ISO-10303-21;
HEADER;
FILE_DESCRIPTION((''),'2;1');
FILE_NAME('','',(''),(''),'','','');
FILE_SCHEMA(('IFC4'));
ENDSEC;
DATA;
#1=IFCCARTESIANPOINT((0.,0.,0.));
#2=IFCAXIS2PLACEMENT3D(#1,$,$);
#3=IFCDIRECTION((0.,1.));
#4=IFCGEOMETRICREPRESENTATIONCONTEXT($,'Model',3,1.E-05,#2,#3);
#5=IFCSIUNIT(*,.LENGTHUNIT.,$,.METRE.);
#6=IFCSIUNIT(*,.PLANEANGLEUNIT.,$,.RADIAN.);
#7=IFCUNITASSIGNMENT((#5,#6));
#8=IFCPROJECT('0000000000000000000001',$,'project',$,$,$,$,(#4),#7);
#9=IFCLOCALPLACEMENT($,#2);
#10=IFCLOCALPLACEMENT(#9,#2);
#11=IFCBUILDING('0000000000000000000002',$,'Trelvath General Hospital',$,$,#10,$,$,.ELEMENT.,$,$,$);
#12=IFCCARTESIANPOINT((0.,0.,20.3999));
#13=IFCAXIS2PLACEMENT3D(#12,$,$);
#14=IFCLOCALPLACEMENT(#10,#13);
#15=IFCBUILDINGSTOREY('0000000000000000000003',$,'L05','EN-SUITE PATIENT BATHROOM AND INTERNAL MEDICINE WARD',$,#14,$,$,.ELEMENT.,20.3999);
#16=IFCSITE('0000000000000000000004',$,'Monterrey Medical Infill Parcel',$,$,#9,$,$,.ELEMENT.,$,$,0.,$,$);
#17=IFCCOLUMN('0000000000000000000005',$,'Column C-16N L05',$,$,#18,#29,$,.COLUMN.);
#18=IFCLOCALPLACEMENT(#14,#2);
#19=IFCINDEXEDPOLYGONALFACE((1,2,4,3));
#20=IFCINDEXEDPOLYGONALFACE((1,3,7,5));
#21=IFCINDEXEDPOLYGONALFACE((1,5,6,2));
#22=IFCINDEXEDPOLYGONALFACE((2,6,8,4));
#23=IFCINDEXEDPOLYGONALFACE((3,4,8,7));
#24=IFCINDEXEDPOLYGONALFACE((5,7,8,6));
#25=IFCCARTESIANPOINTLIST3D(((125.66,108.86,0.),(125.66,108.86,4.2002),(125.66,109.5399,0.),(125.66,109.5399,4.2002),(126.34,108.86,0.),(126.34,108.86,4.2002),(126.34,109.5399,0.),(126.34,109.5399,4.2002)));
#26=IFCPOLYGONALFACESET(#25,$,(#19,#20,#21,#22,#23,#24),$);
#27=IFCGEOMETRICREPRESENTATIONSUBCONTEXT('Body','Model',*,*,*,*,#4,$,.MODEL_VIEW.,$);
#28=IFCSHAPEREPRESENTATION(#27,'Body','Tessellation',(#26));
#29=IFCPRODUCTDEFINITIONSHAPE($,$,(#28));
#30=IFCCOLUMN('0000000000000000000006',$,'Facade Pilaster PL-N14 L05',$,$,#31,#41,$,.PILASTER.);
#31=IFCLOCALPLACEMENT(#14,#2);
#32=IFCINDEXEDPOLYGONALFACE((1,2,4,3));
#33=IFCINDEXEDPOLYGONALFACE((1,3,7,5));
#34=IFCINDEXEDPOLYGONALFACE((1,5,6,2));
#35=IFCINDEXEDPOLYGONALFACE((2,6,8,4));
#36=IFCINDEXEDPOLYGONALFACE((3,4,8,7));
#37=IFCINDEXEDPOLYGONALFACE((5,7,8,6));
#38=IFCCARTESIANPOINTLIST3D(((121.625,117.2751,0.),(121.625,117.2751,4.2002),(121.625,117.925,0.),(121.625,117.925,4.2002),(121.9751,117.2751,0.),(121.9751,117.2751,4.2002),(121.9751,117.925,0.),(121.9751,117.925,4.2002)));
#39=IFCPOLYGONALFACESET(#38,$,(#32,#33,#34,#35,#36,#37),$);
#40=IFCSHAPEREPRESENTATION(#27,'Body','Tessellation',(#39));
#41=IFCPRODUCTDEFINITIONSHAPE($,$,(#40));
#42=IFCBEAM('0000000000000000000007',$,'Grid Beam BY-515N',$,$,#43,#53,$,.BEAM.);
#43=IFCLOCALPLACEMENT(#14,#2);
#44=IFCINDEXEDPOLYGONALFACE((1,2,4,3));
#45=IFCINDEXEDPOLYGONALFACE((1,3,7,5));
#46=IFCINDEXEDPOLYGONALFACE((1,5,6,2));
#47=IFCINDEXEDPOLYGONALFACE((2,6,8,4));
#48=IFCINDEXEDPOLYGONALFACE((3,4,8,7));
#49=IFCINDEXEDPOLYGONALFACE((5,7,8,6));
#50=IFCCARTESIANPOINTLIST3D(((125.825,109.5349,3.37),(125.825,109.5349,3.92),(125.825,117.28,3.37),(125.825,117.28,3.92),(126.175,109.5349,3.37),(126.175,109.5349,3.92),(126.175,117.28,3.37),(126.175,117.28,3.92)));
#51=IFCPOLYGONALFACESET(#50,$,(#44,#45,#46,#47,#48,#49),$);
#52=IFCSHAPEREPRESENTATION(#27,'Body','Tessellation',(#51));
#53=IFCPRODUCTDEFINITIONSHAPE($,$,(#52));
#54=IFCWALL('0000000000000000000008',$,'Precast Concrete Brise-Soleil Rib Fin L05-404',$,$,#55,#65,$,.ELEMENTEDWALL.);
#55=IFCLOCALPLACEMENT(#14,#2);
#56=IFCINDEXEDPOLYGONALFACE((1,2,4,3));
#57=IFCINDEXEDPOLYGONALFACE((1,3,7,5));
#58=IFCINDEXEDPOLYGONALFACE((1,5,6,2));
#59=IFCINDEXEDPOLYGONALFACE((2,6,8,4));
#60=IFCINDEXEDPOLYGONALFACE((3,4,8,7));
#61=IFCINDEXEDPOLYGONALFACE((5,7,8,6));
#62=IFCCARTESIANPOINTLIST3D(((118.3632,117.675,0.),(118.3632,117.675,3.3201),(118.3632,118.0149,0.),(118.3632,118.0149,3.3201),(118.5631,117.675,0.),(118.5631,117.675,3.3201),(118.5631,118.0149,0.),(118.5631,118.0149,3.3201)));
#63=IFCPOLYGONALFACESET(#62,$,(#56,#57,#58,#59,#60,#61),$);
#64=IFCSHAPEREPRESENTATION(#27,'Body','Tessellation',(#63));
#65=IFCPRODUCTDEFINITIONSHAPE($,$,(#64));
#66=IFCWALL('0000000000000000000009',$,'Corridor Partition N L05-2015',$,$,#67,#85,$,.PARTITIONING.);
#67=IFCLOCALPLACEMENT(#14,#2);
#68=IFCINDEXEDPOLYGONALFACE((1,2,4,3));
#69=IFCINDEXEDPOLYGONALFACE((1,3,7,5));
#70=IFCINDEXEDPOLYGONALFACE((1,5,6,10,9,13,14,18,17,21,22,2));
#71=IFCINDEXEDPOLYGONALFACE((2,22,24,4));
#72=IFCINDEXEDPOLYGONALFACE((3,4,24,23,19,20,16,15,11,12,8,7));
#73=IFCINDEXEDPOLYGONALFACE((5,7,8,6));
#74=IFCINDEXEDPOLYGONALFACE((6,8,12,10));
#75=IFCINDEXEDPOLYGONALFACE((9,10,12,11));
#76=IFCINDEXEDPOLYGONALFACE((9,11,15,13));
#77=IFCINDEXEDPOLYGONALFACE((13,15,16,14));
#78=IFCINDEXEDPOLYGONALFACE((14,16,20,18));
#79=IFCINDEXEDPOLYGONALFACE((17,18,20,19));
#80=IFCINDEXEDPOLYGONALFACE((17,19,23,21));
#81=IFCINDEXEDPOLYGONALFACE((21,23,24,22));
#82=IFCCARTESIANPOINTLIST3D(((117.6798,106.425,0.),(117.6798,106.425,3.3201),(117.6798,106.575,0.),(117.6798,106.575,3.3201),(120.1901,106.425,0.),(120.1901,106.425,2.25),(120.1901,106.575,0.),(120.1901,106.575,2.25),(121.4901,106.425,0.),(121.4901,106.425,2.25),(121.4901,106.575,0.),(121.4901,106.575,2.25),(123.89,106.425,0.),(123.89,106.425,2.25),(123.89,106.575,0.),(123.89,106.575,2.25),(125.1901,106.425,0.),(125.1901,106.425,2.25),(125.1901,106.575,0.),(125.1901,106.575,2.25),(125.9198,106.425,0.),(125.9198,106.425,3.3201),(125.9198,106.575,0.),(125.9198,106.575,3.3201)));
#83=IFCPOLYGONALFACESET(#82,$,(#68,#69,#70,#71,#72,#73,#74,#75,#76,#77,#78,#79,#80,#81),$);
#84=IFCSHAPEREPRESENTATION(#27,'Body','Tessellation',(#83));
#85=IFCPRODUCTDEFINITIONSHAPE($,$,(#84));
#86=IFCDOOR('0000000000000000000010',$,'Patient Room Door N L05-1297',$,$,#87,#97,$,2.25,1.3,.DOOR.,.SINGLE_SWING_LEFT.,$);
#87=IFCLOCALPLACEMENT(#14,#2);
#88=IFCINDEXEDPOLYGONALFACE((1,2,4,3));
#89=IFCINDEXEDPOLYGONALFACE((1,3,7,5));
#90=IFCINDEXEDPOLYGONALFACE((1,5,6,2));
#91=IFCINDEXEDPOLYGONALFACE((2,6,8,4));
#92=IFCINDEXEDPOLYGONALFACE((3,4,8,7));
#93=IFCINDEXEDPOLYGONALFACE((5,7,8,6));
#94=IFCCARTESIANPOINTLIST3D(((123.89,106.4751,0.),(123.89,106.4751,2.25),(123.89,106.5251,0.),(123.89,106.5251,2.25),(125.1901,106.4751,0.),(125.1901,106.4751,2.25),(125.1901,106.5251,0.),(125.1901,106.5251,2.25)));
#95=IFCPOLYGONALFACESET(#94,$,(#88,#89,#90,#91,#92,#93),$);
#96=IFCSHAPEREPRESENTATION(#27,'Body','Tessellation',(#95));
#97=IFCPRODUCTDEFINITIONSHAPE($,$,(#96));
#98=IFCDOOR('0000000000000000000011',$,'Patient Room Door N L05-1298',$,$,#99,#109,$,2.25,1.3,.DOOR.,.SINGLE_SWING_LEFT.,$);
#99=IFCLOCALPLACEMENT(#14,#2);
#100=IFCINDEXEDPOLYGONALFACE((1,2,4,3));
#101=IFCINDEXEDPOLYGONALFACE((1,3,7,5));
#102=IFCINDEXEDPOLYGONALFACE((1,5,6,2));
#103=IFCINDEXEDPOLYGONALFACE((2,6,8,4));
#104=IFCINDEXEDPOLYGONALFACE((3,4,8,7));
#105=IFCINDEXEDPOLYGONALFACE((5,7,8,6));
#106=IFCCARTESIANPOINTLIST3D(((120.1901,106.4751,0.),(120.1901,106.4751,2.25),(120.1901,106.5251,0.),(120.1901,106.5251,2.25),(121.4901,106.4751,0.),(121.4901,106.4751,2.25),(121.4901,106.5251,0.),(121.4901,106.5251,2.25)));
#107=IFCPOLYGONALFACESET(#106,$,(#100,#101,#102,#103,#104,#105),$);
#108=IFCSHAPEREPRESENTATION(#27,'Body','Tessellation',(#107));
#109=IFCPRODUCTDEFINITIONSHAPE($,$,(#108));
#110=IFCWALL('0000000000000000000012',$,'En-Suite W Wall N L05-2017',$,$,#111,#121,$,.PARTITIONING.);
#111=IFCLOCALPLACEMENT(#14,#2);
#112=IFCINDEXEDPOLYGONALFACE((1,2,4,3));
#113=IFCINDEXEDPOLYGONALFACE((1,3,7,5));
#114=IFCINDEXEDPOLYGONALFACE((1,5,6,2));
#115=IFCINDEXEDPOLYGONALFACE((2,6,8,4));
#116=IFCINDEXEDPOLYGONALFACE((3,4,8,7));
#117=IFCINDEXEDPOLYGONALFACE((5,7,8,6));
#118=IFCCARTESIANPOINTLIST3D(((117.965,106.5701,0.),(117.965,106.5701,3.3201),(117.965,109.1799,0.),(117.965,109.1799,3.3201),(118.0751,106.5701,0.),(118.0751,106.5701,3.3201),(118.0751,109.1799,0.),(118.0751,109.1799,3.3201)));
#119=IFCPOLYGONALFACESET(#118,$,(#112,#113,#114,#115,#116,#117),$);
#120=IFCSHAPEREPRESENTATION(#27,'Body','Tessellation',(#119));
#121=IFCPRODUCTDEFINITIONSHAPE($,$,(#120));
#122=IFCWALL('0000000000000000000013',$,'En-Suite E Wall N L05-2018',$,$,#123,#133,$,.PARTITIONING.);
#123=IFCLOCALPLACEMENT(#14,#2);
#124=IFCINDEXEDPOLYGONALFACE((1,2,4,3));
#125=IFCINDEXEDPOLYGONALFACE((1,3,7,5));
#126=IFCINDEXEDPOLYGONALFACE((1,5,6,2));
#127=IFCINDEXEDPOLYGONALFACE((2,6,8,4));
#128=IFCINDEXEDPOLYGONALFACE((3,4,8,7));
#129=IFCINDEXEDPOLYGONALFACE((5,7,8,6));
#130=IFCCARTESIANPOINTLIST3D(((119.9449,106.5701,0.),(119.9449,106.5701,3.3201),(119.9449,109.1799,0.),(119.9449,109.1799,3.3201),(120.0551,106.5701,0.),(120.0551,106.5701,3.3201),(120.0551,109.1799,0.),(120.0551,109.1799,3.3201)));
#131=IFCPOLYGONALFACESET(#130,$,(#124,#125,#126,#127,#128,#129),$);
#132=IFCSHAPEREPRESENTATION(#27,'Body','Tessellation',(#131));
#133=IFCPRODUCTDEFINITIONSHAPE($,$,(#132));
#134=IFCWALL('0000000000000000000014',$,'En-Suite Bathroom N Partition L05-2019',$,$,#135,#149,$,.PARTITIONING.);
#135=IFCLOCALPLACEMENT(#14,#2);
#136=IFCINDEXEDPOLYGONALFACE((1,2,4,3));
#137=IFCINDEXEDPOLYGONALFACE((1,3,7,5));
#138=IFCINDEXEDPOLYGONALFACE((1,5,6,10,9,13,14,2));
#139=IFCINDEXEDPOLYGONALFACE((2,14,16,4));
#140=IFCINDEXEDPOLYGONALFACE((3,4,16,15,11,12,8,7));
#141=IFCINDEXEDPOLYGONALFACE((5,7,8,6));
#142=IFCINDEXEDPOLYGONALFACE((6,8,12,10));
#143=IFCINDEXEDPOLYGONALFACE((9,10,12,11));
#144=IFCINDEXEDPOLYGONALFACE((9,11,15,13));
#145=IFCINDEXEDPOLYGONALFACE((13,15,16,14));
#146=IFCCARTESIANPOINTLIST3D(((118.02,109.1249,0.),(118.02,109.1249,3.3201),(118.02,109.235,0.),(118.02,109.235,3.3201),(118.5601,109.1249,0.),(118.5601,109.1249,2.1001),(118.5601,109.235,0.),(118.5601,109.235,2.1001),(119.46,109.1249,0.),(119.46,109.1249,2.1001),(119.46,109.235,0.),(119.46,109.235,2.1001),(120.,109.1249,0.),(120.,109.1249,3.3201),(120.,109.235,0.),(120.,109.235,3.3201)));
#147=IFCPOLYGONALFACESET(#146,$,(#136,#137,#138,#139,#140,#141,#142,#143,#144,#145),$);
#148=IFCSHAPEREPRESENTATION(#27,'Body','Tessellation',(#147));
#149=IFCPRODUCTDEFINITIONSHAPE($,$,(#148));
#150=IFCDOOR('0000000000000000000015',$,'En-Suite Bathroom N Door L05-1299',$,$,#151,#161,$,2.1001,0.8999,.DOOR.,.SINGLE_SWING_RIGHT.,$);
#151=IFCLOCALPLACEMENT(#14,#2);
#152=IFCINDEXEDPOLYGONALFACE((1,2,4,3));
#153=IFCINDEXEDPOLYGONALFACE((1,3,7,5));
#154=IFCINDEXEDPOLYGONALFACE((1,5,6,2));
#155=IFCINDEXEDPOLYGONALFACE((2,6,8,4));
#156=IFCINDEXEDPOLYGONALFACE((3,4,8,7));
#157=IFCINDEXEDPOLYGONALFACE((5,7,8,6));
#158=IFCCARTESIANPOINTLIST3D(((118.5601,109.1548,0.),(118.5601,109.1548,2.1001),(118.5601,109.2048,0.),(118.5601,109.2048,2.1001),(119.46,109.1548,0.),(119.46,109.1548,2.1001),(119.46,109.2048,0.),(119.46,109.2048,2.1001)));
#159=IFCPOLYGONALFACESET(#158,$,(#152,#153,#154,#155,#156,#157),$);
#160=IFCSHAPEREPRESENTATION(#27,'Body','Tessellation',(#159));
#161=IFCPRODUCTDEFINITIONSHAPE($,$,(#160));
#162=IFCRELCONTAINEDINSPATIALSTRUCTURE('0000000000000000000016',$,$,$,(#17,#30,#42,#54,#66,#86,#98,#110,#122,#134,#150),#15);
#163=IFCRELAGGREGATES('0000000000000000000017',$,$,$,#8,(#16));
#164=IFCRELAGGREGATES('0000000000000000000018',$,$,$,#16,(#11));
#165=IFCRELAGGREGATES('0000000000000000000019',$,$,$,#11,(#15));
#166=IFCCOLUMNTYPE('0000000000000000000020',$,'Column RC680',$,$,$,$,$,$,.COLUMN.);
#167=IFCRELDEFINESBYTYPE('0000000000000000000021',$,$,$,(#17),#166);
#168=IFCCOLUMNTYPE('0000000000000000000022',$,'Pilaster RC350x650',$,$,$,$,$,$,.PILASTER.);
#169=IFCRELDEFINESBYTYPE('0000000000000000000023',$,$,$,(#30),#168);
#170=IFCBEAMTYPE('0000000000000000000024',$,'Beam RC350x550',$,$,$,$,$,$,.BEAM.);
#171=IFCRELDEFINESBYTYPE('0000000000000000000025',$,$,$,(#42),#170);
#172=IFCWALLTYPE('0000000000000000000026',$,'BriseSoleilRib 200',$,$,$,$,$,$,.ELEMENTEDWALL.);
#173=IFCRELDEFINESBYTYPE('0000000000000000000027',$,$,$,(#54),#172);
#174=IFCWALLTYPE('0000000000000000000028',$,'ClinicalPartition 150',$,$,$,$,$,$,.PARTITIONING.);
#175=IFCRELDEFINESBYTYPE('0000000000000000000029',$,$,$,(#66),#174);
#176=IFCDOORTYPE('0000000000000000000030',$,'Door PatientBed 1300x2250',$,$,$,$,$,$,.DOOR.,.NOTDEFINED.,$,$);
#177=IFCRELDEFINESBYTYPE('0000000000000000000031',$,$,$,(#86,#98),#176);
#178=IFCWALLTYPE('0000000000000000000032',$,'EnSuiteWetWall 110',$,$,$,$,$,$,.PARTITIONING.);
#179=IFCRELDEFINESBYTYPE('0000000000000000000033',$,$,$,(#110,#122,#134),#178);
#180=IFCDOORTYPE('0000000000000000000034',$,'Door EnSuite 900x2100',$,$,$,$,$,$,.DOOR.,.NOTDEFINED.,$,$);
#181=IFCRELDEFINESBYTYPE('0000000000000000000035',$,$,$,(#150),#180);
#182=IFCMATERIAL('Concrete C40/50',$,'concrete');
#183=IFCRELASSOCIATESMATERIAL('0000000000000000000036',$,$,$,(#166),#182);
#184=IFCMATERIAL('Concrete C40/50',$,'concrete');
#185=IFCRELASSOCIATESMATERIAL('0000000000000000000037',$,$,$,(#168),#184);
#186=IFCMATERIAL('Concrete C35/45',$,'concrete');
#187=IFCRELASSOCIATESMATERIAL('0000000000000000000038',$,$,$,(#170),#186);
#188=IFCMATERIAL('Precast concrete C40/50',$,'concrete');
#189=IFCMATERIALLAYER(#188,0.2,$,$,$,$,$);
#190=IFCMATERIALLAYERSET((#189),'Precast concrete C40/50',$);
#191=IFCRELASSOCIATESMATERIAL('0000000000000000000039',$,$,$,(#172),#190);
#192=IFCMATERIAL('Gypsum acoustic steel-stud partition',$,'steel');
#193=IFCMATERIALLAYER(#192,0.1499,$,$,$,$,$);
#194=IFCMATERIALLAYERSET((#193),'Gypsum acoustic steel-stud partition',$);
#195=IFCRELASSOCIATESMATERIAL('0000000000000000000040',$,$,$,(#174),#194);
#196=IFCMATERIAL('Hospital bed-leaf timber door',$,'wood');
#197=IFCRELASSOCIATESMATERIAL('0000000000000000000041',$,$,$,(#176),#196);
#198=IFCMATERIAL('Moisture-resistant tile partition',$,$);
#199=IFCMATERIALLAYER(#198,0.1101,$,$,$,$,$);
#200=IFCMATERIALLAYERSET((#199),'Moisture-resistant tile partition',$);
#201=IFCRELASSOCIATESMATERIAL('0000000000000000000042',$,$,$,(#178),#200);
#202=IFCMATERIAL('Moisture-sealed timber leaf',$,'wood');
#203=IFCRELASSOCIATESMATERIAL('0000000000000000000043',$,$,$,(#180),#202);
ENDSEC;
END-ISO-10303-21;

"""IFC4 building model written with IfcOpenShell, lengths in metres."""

from ifc_helpers import new_model, si_unit, direction, frame, frame_2d, origin, origin_2d, place, context, subcontext, project, spatial, rectangle, extrude, material, layer, layer_set, material_profile, profile_set, type_object, element, fill, save


model = new_model("IFC4")

# Units and contexts
model_context = context("Model", 3, precision=1e-05, world=origin(), true_north=direction((0.0, 1.0)))
body_context = subcontext(model_context, "Body", "Model", "MODEL_VIEW")
ifc_project = project(units=[si_unit("LENGTHUNIT", "METRE"), si_unit("PLANEANGLEUNIT", "RADIAN")], contexts=[model_context])

# Site, building, storey
site_placement = place(None, origin())
site = spatial("IfcSite", under=ifc_project, at=site_placement, Name="Monterrey Medical Infill Parcel", CompositionType="ELEMENT", RefElevation=0.0)
building_placement = place(site_placement, origin())
building = spatial("IfcBuilding", under=site, at=building_placement, Name="Trelvath General Hospital", CompositionType="ELEMENT")
storey_placement = place(building_placement, frame((0.0, 0.0, 20.3999)))
storey = spatial("IfcBuildingStorey", under=building, at=storey_placement, Name="L05", Description="EN-SUITE PATIENT BATHROOM AND INTERNAL MEDICINE WARD", CompositionType="ELEMENT", Elevation=20.3999)

# Columns
ifc_material_1 = material(Name="Concrete C40/50", Category="concrete")
ifc_material_profile_1 = material_profile(ifc_material_1, rectangle(XDim=0.6799, YDim=0.6799, at=origin_2d()), Name="RC680x680")
ifc_profile_set_1 = profile_set([ifc_material_profile_1], Name="Concrete C40/50")
column_type_1 = type_object("IfcColumnType", Name="Column RC680", PredefinedType="COLUMN", material=ifc_profile_set_1)
column_1_placement = place(storey_placement, frame((126.0, 109.2, 0.0), z_axis=(0.0, 0.0, 1.0), x_axis=(1.0, 0.0, 0.0)))
element("IfcColumn", 1, at=column_1_placement, inside=storey, type_object=column_type_1, Name="Column C-16N L05", PredefinedType="COLUMN", context=body_context, shape_type="SweptSolid", body=[
    extrude(rectangle(XDim=0.6799, YDim=0.6799, at=origin_2d()), origin(), (0.0, 0.0, 1.0), 4.2002),
])
ifc_material_2 = material(Name="Concrete C40/50", Category="concrete")
ifc_material_profile_2 = material_profile(ifc_material_2, rectangle(XDim=0.3501, YDim=0.6499, at=origin_2d()), Name="RC350x650")
ifc_profile_set_2 = profile_set([ifc_material_profile_2], Name="Concrete C40/50")
column_type_2 = type_object("IfcColumnType", Name="Pilaster RC350x650", PredefinedType="PILASTER", material=ifc_profile_set_2)
column_2_placement = place(storey_placement, frame((121.8, 117.6001, 0.0), z_axis=(0.0, 0.0, 1.0), x_axis=(1.0, 0.0, 0.0)))
element("IfcColumn", 2, at=column_2_placement, inside=storey, type_object=column_type_2, Name="Facade Pilaster PL-N14 L05", PredefinedType="PILASTER", context=body_context, shape_type="SweptSolid", body=[
    extrude(rectangle(XDim=0.3501, YDim=0.6499, at=origin_2d()), origin(), (0.0, 0.0, 1.0), 4.2002),
])

# Beam
ifc_material_3 = material(Name="Concrete C35/45", Category="concrete")
ifc_material_profile_3 = material_profile(ifc_material_3, rectangle(XDim=0.3501, YDim=0.55, at=origin_2d()), Name="RCB350x550")
ifc_profile_set_3 = profile_set([ifc_material_profile_3], Name="Concrete C35/45")
beam_type = type_object("IfcBeamType", Name="Beam RC350x550", PredefinedType="BEAM", material=ifc_profile_set_3)
beam_placement = place(storey_placement, frame((126.0, 109.5349, 3.645), z_axis=(0.0, 1.0, 0.0), x_axis=(-1.0, 0.0, 0.0)))
element("IfcBeam", 3, at=beam_placement, inside=storey, type_object=beam_type, Name="Grid Beam BY-515N", PredefinedType="BEAM", context=body_context, shape_type="SweptSolid", body=[
    extrude(rectangle(XDim=0.3501, YDim=0.55, at=origin_2d()), origin(), (0.0, 0.0, 1.0), 7.7451),
])

# Wall
ifc_material_4 = material(Name="Precast concrete C40/50", Category="concrete")
ifc_layer_1 = layer(ifc_material_4, 0.2)
ifc_layer_set_1 = layer_set([ifc_layer_1], Name="Precast concrete C40/50")
wall_type_1 = type_object("IfcWallType", Name="BriseSoleilRib 200", PredefinedType="ELEMENTEDWALL", material=ifc_layer_set_1)
wall_1_placement = place(storey_placement, frame((118.4631, 117.675, 0.0), z_axis=(0.0, 0.0, 1.0), x_axis=(0.0, 1.0, 0.0)))
element("IfcWall", 4, at=wall_1_placement, inside=storey, type_object=wall_type_1, Name="Precast Concrete Brise-Soleil Rib Fin L05-404", PredefinedType="ELEMENTEDWALL", context=body_context, shape_type="SweptSolid", body=[
    extrude(rectangle(XDim=0.3398, YDim=0.2, at=frame_2d((0.1699, 0.0))), origin(), (0.0, 0.0, 1.0), 3.3201),
])

# Wall, openings, doors
ifc_material_5 = material(Name="Gypsum acoustic steel-stud partition", Category="steel")
ifc_layer_2 = layer(ifc_material_5, 0.1499)
ifc_layer_set_2 = layer_set([ifc_layer_2], Name="Gypsum acoustic steel-stud partition")
wall_type_2 = type_object("IfcWallType", Name="ClinicalPartition 150", PredefinedType="PARTITIONING", material=ifc_layer_set_2)
wall_2_placement = place(storey_placement, frame((125.9199, 106.5, 0.0), z_axis=(0.0, 0.0, 1.0), x_axis=(-1.0, 0.0, 0.0)))
wall_2 = element("IfcWall", 5, at=wall_2_placement, inside=storey, type_object=wall_type_2, Name="Corridor Partition N L05-2015", PredefinedType="PARTITIONING", context=body_context, shape_type="SweptSolid", body=[
    extrude(rectangle(XDim=8.24, YDim=0.1499, at=frame_2d((4.1201, 0.0))), origin(), (0.0, 0.0, 1.0), 3.3201),
])
opening_1_placement = place(wall_2_placement, frame((0.73, 0.0, 0.0)))
opening_1 = element("IfcOpeningElement", 6, at=opening_1_placement, cuts=wall_2, PredefinedType="OPENING", context=body_context, shape_type="SweptSolid", body=[
    extrude(rectangle(XDim=1.3, YDim=2.25, at=frame_2d((0.6499, 1.125))), frame((0.0, 0.085, 0.0), z_axis=(0.0, -1.0, 0.0), x_axis=(1.0, 0.0, 0.0)), (0.0, 0.0, 1.0), 0.1699),
])
opening_2_placement = place(wall_2_placement, frame((4.4299, 0.0, 0.0)))
opening_2 = element("IfcOpeningElement", 7, at=opening_2_placement, cuts=wall_2, PredefinedType="OPENING", context=body_context, shape_type="SweptSolid", body=[
    extrude(rectangle(XDim=1.3, YDim=2.25, at=frame_2d((0.6499, 1.125))), frame((0.0, 0.085, 0.0), z_axis=(0.0, -1.0, 0.0), x_axis=(1.0, 0.0, 0.0)), (0.0, 0.0, 1.0), 0.1699),
])
ifc_material_6 = material(Name="Hospital bed-leaf timber door", Category="wood")
door_type_1 = type_object("IfcDoorType", Name="Door PatientBed 1300x2250", OperationType="NOTDEFINED", PredefinedType="DOOR", material=ifc_material_6)
door_1_placement = place(opening_1_placement, origin())
door_1 = element("IfcDoor", 8, at=door_1_placement, inside=storey, type_object=door_type_1, Name="Patient Room Door N L05-1297", OperationType="SINGLE_SWING_LEFT", OverallHeight=2.25, OverallWidth=1.3, PredefinedType="DOOR", context=body_context, shape_type="SweptSolid", body=[
    extrude(rectangle(XDim=1.3, YDim=2.25, at=frame_2d((0.6499, 1.125))), frame((0.0, 0.0249, 0.0), z_axis=(0.0, -1.0, 0.0), x_axis=(1.0, 0.0, 0.0)), (0.0, 0.0, 1.0), 0.05),
])
fill(opening_1, door_1)
door_2_placement = place(opening_2_placement, origin())
door_2 = element("IfcDoor", 9, at=door_2_placement, inside=storey, type_object=door_type_1, Name="Patient Room Door N L05-1298", OperationType="SINGLE_SWING_LEFT", OverallHeight=2.25, OverallWidth=1.3, PredefinedType="DOOR", context=body_context, shape_type="SweptSolid", body=[
    extrude(rectangle(XDim=1.3, YDim=2.25, at=frame_2d((0.6499, 1.125))), frame((0.0, 0.0249, 0.0), z_axis=(0.0, -1.0, 0.0), x_axis=(1.0, 0.0, 0.0)), (0.0, 0.0, 1.0), 0.05),
])
fill(opening_2, door_2)

# Walls
ifc_material_7 = material(Name="Moisture-resistant tile partition")
ifc_layer_3 = layer(ifc_material_7, 0.1101)
ifc_layer_set_3 = layer_set([ifc_layer_3], Name="Moisture-resistant tile partition")
wall_type_3 = type_object("IfcWallType", Name="EnSuiteWetWall 110", PredefinedType="PARTITIONING", material=ifc_layer_set_3)
for number, where, z_axis, x_axis, name in (
    (10, (118.02, 106.5701, 0.0), (0.0, 0.0, 1.0), (0.0, 1.0, 0.0), "En-Suite W Wall N L05-2017"),
    (11, (120.0, 106.5701, 0.0), (0.0, 0.0, 1.0), (0.0, 1.0, 0.0), "En-Suite E Wall N L05-2018"),
):
    element("IfcWall", number, at=place(storey_placement, frame(where, z_axis=z_axis, x_axis=x_axis)), inside=storey, type_object=wall_type_3, Name=name, PredefinedType="PARTITIONING", context=body_context, shape_type="SweptSolid", body=[
        extrude(rectangle(XDim=2.6099, YDim=0.1101, at=frame_2d((1.3049, 0.0))), origin(), (0.0, 0.0, 1.0), 3.3201),
    ])

# Wall, opening, door
wall_3_placement = place(storey_placement, frame((118.02, 109.1799, 0.0), z_axis=(0.0, 0.0, 1.0), x_axis=(1.0, 0.0, 0.0)))
wall_3 = element("IfcWall", 12, at=wall_3_placement, inside=storey, type_object=wall_type_3, Name="En-Suite Bathroom N Partition L05-2019", PredefinedType="PARTITIONING", context=body_context, shape_type="SweptSolid", body=[
    extrude(rectangle(XDim=1.98, YDim=0.1101, at=frame_2d((0.99, 0.0))), origin(), (0.0, 0.0, 1.0), 3.3201),
])
opening_3_placement = place(wall_3_placement, frame((0.54, 0.0, 0.0)))
opening_3 = element("IfcOpeningElement", 13, at=opening_3_placement, cuts=wall_3, PredefinedType="OPENING", context=body_context, shape_type="SweptSolid", body=[
    extrude(rectangle(XDim=0.8999, YDim=2.1001, at=frame_2d((0.45, 1.05))), frame((0.0, 0.0649, 0.0), z_axis=(0.0, -1.0, 0.0), x_axis=(1.0, 0.0, 0.0)), (0.0, 0.0, 1.0), 0.1301),
])
ifc_material_8 = material(Name="Moisture-sealed timber leaf", Category="wood")
door_type_2 = type_object("IfcDoorType", Name="Door EnSuite 900x2100", OperationType="NOTDEFINED", PredefinedType="DOOR", material=ifc_material_8)
door_3_placement = place(opening_3_placement, origin())
door_3 = element("IfcDoor", 14, at=door_3_placement, inside=storey, type_object=door_type_2, Name="En-Suite Bathroom N Door L05-1299", OperationType="SINGLE_SWING_RIGHT", OverallHeight=2.1001, OverallWidth=0.8999, PredefinedType="DOOR", context=body_context, shape_type="SweptSolid", body=[
    extrude(rectangle(XDim=0.8999, YDim=2.1001, at=frame_2d((0.45, 1.05))), frame((0.0, 0.0249, 0.0), z_axis=(0.0, -1.0, 0.0), x_axis=(1.0, 0.0, 0.0)), (0.0, 0.0, 1.0), 0.05),
])
fill(opening_3, door_3)

save(model, "model.ifc")
